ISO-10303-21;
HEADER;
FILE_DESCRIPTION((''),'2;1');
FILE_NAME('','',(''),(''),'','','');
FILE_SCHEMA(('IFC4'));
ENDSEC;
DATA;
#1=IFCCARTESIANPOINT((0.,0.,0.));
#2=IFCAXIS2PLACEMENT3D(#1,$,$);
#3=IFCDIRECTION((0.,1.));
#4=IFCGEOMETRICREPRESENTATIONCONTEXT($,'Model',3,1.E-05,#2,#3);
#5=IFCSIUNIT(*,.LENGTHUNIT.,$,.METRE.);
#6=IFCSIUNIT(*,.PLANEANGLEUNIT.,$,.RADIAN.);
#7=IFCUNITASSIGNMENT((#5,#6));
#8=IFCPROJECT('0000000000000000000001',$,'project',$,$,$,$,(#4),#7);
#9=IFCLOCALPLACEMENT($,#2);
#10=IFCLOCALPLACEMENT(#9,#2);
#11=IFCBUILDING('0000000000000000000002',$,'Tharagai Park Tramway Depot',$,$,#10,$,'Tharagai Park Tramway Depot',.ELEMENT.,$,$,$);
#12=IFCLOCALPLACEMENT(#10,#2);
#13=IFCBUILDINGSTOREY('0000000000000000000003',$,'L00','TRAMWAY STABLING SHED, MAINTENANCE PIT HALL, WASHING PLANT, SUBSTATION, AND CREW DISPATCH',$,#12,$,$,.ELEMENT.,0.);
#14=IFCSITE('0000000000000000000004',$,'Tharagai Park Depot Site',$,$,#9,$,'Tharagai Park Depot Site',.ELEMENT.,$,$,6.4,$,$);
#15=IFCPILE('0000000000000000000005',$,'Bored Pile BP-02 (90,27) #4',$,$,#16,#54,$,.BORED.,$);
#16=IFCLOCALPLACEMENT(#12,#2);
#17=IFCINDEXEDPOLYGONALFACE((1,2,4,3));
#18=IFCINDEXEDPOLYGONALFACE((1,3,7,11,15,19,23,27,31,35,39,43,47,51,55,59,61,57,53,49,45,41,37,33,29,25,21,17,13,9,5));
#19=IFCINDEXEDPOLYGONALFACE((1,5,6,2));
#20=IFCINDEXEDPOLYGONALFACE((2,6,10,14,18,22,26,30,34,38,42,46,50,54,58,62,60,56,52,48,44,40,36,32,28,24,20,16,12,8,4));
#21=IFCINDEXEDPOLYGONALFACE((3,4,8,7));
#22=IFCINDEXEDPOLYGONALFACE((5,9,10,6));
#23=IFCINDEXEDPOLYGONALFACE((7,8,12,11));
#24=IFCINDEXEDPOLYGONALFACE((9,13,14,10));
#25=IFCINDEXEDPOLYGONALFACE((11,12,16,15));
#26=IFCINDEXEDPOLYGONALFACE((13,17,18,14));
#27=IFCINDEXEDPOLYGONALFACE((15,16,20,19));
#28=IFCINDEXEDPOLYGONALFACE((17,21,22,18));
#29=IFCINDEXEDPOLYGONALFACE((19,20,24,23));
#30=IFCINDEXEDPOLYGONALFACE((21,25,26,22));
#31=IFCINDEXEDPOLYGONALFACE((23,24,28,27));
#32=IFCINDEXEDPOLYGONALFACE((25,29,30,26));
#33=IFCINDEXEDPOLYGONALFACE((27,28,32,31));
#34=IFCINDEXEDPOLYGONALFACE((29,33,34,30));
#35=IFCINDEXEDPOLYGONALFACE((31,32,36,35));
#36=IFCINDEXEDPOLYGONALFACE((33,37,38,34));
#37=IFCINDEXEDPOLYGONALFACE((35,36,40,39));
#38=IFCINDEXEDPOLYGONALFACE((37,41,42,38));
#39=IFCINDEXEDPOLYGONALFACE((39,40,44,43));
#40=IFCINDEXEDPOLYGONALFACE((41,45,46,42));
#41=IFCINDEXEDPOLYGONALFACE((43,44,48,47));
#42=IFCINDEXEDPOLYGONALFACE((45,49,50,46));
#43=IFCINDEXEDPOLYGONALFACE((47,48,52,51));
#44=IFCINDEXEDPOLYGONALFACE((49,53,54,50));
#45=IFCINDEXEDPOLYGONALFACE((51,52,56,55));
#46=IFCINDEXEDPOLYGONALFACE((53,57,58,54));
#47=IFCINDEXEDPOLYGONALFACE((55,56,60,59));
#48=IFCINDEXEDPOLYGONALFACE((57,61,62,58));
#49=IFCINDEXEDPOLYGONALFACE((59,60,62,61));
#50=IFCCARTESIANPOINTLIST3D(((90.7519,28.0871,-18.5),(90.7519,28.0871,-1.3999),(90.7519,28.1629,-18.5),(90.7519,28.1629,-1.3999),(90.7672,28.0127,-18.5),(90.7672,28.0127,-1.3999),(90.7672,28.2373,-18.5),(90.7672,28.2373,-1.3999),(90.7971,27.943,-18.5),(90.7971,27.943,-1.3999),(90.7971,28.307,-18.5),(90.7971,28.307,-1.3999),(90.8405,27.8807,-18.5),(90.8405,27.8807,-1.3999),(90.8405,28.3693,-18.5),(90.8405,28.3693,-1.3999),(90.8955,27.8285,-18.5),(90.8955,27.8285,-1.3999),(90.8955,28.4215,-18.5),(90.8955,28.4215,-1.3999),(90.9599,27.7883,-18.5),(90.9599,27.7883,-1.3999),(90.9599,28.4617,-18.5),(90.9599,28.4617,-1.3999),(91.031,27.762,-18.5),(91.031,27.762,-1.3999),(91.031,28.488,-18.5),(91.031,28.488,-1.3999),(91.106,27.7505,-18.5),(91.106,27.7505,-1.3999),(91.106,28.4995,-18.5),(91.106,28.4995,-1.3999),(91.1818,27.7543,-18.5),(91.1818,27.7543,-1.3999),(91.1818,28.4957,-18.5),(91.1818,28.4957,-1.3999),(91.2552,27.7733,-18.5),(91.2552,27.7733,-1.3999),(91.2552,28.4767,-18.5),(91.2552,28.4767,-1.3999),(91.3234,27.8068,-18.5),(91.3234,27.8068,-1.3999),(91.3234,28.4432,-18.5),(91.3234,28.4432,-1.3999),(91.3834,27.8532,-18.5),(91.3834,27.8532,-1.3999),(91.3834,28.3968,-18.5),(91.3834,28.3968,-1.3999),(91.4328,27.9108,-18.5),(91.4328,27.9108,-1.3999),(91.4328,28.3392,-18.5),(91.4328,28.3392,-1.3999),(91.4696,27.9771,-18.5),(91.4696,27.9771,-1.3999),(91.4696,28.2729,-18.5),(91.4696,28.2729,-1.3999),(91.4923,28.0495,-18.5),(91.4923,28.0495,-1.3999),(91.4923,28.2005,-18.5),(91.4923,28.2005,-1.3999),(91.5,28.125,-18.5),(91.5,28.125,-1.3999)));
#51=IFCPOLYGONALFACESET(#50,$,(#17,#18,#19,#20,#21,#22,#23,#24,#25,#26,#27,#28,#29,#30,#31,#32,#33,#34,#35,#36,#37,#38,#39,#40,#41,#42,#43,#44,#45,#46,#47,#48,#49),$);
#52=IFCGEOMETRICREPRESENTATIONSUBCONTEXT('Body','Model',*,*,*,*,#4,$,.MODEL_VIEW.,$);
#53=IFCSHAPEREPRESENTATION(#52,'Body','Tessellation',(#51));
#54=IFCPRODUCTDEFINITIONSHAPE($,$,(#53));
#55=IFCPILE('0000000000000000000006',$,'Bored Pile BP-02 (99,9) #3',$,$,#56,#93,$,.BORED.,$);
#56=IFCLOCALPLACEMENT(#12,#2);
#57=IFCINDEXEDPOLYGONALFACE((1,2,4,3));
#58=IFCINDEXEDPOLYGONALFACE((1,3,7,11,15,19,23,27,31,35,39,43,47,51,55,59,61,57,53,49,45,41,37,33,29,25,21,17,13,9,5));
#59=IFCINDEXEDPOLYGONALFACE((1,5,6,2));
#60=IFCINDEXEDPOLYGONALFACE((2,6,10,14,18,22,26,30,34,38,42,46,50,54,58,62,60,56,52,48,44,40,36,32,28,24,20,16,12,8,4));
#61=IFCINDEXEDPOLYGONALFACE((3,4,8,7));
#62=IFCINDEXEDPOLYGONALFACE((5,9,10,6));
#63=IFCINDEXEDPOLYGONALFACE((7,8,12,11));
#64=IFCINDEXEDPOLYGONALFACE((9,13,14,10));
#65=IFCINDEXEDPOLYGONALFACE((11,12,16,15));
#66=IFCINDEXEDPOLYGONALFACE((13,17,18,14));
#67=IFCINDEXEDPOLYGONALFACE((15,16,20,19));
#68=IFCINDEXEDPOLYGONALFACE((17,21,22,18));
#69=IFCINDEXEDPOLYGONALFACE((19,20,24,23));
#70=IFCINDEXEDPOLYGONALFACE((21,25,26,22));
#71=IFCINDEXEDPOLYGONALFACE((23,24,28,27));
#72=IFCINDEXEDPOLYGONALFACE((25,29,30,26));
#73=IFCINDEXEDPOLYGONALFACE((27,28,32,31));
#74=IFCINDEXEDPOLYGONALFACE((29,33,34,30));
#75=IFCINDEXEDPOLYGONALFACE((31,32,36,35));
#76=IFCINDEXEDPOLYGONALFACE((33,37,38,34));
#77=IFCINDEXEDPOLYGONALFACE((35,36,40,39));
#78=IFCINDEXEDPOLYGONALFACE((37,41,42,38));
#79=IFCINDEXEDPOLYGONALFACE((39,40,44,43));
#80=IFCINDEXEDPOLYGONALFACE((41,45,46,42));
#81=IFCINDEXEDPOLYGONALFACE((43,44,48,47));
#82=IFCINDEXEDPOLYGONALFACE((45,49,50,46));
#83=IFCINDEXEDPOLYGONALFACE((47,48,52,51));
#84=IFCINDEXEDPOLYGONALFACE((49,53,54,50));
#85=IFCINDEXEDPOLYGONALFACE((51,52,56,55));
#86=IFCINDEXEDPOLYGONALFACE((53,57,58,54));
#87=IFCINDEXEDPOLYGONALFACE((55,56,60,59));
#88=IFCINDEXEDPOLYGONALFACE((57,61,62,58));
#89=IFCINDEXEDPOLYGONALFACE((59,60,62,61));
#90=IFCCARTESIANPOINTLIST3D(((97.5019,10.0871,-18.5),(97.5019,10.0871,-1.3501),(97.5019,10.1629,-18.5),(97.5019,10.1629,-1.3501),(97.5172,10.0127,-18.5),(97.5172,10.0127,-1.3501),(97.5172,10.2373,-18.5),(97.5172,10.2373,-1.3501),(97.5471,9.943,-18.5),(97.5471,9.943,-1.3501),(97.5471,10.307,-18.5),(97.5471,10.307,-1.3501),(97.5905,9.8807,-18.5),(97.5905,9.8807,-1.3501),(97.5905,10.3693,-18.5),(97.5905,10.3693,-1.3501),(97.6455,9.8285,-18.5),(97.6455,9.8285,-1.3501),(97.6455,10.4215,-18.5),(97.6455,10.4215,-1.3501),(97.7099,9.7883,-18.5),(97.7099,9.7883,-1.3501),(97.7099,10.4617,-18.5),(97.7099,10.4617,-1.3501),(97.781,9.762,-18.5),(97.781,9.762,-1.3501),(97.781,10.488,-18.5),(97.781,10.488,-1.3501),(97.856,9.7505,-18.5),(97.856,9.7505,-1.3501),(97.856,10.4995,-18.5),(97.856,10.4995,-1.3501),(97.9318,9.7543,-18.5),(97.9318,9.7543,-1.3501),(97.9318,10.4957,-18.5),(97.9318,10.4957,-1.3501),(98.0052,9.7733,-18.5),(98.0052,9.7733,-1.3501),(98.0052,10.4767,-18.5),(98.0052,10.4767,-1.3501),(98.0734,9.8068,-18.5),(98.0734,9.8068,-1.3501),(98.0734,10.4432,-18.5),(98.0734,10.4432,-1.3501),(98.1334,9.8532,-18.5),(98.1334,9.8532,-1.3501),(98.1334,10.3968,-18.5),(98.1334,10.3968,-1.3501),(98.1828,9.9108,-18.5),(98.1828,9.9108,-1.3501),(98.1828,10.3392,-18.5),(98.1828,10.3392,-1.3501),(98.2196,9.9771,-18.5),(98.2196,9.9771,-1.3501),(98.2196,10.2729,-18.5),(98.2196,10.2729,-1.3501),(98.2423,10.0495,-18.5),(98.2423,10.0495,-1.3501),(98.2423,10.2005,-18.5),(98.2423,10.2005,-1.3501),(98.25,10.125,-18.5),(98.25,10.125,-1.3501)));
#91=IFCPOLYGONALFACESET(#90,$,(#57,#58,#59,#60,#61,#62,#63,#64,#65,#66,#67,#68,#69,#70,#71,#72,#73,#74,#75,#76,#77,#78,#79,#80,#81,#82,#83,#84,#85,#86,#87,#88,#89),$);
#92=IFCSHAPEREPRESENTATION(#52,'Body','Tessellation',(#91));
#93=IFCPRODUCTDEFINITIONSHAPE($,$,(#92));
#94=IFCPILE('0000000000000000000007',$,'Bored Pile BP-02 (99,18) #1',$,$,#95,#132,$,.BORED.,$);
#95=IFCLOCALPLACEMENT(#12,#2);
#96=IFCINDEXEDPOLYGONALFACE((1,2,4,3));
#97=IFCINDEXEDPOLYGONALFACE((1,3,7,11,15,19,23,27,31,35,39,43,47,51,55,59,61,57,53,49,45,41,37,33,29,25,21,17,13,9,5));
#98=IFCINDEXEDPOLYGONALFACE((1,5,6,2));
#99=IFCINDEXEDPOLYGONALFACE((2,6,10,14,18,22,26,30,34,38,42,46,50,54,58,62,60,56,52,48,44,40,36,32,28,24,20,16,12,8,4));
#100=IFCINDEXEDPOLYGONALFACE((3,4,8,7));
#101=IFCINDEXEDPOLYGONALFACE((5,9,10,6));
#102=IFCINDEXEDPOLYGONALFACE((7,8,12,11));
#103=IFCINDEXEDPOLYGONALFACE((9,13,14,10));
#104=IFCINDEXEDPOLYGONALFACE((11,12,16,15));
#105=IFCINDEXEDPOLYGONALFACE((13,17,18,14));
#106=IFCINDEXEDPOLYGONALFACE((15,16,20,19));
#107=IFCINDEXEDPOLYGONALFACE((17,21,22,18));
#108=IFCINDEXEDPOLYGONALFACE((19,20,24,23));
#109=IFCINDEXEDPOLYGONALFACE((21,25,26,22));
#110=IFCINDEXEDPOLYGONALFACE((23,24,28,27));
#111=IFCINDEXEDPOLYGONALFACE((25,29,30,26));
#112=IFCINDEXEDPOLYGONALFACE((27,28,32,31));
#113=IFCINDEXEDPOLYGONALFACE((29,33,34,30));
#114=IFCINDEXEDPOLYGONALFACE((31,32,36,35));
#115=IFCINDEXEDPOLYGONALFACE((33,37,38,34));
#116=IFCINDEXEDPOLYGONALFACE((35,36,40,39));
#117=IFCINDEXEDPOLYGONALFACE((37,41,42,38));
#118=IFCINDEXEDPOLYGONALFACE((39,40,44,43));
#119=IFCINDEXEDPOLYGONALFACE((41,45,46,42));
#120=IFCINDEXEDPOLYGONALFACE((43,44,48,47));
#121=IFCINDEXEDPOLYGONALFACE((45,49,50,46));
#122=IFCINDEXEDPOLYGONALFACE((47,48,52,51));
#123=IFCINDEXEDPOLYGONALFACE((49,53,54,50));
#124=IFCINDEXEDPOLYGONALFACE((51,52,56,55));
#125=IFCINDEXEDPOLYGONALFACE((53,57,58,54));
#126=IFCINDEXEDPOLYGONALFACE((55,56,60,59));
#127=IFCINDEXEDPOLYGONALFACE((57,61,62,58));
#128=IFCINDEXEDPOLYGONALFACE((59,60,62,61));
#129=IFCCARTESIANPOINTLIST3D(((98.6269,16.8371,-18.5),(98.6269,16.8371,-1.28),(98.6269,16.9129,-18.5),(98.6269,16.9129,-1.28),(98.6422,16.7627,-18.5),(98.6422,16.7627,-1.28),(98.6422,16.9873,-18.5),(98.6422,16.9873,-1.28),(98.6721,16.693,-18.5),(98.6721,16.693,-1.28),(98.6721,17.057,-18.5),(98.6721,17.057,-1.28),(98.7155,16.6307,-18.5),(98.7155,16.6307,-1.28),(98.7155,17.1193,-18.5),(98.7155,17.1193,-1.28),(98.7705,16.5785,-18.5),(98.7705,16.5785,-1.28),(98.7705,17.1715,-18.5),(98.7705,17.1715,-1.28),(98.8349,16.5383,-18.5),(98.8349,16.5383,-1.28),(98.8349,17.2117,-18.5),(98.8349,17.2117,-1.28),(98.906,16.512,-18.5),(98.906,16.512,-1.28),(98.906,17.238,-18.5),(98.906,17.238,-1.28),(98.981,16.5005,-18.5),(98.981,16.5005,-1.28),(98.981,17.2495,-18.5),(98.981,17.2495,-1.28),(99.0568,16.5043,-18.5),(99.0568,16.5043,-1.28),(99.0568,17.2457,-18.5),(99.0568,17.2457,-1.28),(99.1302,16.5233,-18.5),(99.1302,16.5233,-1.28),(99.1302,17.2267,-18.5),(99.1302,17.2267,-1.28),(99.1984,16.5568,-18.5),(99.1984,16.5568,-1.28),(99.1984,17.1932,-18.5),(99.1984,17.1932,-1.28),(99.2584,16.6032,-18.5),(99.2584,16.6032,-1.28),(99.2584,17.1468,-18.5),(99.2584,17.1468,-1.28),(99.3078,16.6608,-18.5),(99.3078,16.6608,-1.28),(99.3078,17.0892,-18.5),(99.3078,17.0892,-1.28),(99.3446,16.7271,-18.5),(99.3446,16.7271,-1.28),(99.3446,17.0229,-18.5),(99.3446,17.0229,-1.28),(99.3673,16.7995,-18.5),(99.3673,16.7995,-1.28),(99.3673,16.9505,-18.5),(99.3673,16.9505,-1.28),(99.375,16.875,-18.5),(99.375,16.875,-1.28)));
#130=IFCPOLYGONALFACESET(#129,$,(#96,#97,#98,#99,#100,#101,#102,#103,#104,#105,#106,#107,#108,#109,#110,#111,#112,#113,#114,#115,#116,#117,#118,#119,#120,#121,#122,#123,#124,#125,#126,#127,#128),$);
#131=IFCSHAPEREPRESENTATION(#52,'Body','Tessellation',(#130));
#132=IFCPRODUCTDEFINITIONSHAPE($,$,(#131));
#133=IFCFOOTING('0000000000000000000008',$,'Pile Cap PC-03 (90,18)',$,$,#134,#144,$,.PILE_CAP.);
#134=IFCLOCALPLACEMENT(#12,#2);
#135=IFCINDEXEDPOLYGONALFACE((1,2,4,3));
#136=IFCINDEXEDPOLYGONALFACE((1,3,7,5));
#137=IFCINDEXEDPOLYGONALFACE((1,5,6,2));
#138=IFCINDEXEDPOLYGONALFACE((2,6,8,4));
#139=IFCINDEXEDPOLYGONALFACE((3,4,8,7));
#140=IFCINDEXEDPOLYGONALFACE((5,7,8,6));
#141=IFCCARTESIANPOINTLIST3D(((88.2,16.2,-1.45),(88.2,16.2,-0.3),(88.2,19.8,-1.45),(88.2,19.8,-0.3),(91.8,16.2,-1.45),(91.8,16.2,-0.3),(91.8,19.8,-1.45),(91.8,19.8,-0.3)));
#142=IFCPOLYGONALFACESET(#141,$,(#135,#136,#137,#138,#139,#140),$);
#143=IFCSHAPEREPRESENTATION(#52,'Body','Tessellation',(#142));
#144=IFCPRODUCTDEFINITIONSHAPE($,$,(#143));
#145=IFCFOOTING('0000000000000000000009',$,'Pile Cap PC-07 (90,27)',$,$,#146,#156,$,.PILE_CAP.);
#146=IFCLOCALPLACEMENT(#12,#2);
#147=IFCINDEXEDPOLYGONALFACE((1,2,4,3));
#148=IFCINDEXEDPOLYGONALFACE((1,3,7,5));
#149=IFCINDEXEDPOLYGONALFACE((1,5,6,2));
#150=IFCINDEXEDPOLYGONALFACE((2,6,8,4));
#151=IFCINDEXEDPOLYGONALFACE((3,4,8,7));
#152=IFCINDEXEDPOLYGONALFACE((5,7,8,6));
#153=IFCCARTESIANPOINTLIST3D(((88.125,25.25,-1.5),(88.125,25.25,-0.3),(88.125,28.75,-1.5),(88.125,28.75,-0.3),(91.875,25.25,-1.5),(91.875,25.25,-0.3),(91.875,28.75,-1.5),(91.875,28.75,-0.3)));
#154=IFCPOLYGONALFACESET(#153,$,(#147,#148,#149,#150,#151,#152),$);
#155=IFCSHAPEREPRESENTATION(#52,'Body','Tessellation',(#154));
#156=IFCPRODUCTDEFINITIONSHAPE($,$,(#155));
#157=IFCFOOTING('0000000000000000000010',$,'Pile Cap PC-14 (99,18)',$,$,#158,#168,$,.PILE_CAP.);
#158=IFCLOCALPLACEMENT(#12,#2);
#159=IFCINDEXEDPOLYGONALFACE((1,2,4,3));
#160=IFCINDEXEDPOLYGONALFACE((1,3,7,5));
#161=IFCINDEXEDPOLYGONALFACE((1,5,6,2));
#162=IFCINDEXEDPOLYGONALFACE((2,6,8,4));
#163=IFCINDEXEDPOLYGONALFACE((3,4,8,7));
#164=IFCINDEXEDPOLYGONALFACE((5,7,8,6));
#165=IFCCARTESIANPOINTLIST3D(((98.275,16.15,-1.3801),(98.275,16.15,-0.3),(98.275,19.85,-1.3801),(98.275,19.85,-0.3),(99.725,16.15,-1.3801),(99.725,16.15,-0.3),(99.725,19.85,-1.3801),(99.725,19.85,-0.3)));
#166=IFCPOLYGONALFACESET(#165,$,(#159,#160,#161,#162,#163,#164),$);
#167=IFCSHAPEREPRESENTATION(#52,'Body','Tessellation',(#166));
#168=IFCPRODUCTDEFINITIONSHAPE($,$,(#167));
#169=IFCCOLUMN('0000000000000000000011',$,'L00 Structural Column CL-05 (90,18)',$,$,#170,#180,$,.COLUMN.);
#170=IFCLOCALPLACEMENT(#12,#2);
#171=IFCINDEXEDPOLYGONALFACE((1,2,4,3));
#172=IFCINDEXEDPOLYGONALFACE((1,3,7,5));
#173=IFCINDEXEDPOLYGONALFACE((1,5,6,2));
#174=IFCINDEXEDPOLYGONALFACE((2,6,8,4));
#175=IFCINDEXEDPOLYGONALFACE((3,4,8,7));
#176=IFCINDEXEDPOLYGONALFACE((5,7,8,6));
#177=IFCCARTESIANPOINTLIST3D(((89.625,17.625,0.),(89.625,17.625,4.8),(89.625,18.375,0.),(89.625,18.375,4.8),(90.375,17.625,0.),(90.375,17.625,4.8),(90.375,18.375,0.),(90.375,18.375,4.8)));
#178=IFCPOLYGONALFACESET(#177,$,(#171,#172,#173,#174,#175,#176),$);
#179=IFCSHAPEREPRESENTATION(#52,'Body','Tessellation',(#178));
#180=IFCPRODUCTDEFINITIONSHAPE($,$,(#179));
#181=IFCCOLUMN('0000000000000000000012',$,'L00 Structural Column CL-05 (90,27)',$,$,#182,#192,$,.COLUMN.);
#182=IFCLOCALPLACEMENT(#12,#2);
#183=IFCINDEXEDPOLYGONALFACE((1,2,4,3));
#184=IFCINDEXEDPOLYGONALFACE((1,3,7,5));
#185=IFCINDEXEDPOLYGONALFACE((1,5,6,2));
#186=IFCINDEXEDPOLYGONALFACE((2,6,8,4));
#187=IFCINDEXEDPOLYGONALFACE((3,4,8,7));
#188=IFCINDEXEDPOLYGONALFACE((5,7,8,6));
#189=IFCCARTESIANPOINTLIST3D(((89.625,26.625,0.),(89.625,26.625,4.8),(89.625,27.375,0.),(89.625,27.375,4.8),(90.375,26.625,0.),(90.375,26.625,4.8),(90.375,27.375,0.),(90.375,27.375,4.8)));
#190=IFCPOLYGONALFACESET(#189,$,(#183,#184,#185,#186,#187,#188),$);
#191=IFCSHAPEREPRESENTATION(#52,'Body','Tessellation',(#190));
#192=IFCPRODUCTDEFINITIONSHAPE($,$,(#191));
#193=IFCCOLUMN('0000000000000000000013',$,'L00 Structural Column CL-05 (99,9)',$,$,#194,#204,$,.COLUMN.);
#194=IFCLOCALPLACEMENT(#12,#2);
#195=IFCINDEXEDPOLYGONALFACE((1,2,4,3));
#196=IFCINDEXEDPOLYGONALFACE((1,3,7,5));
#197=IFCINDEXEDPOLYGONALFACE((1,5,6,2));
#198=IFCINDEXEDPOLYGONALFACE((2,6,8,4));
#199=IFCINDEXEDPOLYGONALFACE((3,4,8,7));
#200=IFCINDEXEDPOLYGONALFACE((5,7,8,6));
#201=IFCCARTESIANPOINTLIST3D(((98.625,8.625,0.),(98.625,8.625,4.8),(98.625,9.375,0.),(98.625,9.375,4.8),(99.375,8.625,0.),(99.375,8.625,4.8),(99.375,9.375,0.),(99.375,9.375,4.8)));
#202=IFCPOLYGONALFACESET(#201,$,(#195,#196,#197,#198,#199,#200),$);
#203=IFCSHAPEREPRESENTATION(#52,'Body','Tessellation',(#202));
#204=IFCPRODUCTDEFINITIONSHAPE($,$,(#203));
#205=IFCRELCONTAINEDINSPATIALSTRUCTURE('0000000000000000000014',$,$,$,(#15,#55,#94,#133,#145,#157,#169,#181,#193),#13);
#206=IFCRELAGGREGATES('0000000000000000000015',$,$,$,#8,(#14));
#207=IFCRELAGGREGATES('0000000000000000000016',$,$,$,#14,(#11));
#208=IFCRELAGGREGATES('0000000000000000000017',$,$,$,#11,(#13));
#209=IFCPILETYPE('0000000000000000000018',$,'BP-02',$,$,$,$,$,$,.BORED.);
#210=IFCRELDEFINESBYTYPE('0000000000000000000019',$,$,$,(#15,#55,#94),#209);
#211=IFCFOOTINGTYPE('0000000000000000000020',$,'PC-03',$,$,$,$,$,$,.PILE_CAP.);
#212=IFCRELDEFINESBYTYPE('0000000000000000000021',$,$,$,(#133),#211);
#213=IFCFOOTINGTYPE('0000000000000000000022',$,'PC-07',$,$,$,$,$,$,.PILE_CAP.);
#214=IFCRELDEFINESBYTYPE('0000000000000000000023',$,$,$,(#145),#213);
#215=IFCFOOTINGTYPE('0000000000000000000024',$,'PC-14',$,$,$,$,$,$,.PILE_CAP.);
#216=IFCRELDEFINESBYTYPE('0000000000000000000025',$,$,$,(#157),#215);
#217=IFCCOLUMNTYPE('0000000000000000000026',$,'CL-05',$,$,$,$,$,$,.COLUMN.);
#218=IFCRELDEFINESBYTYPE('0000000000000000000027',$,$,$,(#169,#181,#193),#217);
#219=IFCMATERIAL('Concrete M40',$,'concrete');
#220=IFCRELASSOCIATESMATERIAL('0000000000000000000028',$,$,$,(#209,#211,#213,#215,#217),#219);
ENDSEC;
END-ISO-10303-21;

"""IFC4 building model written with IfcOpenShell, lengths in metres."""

from ifc_helpers import new_model, si_unit, direction, frame, origin, origin_2d, place, context, subcontext, project, spatial, rectangle, circle, extrude, material, material_profile, profile_set, type_object, element, save


model = new_model("IFC4")

# Units and contexts
model_context = context("Model", 3, precision=1e-05, world=origin(), true_north=direction((0.0, 1.0)))
body_context = subcontext(model_context, "Body", "Model", "MODEL_VIEW")
ifc_project = project(units=[si_unit("LENGTHUNIT", "METRE"), si_unit("PLANEANGLEUNIT", "RADIAN")], contexts=[model_context])

# Site, building, storey
site_placement = place(None, origin())
site = spatial("IfcSite", under=ifc_project, at=site_placement, Name="Tharagai Park Depot Site", LongName="Tharagai Park Depot Site", CompositionType="ELEMENT", RefElevation=6.4)
building_placement = place(site_placement, origin())
building = spatial("IfcBuilding", under=site, at=building_placement, Name="Tharagai Park Tramway Depot", LongName="Tharagai Park Tramway Depot", CompositionType="ELEMENT")
storey_placement = place(building_placement, origin())
storey = spatial("IfcBuildingStorey", under=building, at=storey_placement, Name="L00", Description="TRAMWAY STABLING SHED, MAINTENANCE PIT HALL, WASHING PLANT, SUBSTATION, AND CREW DISPATCH", CompositionType="ELEMENT", Elevation=0.0)

# Piles
ifc_material_1 = material(Name="Concrete M40", Category="concrete")
ifc_material_profile_1 = material_profile(ifc_material_1, circle(Radius=0.375, at=origin_2d()), Name="PILE D750")
ifc_profile_set_1 = profile_set([ifc_material_profile_1], Name="Concrete M40")
pile_type = type_object("IfcPileType", Name="BP-02", PredefinedType="BORED", material=ifc_profile_set_1)
for number, where, z_axis, x_axis, name in (
    (1, (91.125, 28.125, -1.3999), (0.0, 0.0, -1.0), (1.0, 0.0, 0.0), "Bored Pile BP-02 (90,27) #4"),
):
    element("IfcPile", number, at=place(storey_placement, frame(where, z_axis=z_axis, x_axis=x_axis)), inside=storey, type_object=pile_type, Name=name, PredefinedType="BORED", context=body_context, shape_type="SweptSolid", body=[
        extrude(circle(Radius=0.375, at=origin_2d()), origin(), (0.0, 0.0, 1.0), 17.1001),
    ])
pile_1_placement = place(storey_placement, frame((97.875, 10.125, -1.3501), z_axis=(0.0, 0.0, -1.0), x_axis=(1.0, 0.0, 0.0)))
element("IfcPile", 2, at=pile_1_placement, inside=storey, type_object=pile_type, Name="Bored Pile BP-02 (99,9) #3", PredefinedType="BORED", context=body_context, shape_type="SweptSolid", body=[
    extrude(circle(Radius=0.375, at=origin_2d()), origin(), (0.0, 0.0, 1.0), 17.1499),
])
pile_2_placement = place(storey_placement, frame((99.0, 16.875, -1.28), z_axis=(0.0, 0.0, -1.0), x_axis=(1.0, 0.0, 0.0)))
element("IfcPile", 3, at=pile_2_placement, inside=storey, type_object=pile_type, Name="Bored Pile BP-02 (99,18) #1", PredefinedType="BORED", context=body_context, shape_type="SweptSolid", body=[
    extrude(circle(Radius=0.375, at=origin_2d()), origin(), (0.0, 0.0, 1.0), 17.22),
])

# Footings
footing_type_1 = type_object("IfcFootingType", Name="PC-03", PredefinedType="PILE_CAP", material=ifc_material_1)
footing_1_placement = place(storey_placement, frame((90.0, 18.0, -1.45), z_axis=(0.0, 0.0, 1.0), x_axis=(1.0, 0.0, 0.0)))
element("IfcFooting", 4, at=footing_1_placement, inside=storey, type_object=footing_type_1, Name="Pile Cap PC-03 (90,18)", PredefinedType="PILE_CAP", context=body_context, shape_type="SweptSolid", body=[
    extrude(rectangle(XDim=3.6001, YDim=3.6001, at=origin_2d()), origin(), (0.0, 0.0, 1.0), 1.1499),
])
footing_type_2 = type_object("IfcFootingType", Name="PC-07", PredefinedType="PILE_CAP", material=ifc_material_1)
footing_2_placement = place(storey_placement, frame((90.0, 27.0, -1.5), z_axis=(0.0, 0.0, 1.0), x_axis=(1.0, 0.0, 0.0)))
element("IfcFooting", 5, at=footing_2_placement, inside=storey, type_object=footing_type_2, Name="Pile Cap PC-07 (90,27)", PredefinedType="PILE_CAP", context=body_context, shape_type="SweptSolid", body=[
    extrude(rectangle(XDim=3.75, YDim=3.5, at=origin_2d()), origin(), (0.0, 0.0, 1.0), 1.2),
])
footing_type_3 = type_object("IfcFootingType", Name="PC-14", PredefinedType="PILE_CAP", material=ifc_material_1)
footing_3_placement = place(storey_placement, frame((99.0, 18.0, -1.3801), z_axis=(0.0, 0.0, 1.0), x_axis=(1.0, 0.0, 0.0)))
element("IfcFooting", 6, at=footing_3_placement, inside=storey, type_object=footing_type_3, Name="Pile Cap PC-14 (99,18)", PredefinedType="PILE_CAP", context=body_context, shape_type="SweptSolid", body=[
    extrude(rectangle(XDim=1.45, YDim=3.7, at=origin_2d()), origin(), (0.0, 0.0, 1.0), 1.0801),
])

# Columns
ifc_material_profile_2 = material_profile(ifc_material_1, rectangle(XDim=0.75, YDim=0.75, at=origin_2d()), Name="RC 750x750")
ifc_profile_set_2 = profile_set([ifc_material_profile_2], Name="Concrete M40")
column_type = type_object("IfcColumnType", Name="CL-05", PredefinedType="COLUMN", material=ifc_profile_set_2)
for number, where, z_axis, x_axis, name in (
    (7, (90.0, 18.0, 0.0), (0.0, 0.0, 1.0), (1.0, 0.0, 0.0), "L00 Structural Column CL-05 (90,18)"),
    (8, (90.0, 27.0, 0.0), (0.0, 0.0, 1.0), (1.0, 0.0, 0.0), "L00 Structural Column CL-05 (90,27)"),
    (9, (99.0, 9.0, 0.0), (0.0, 0.0, 1.0), (1.0, 0.0, 0.0), "L00 Structural Column CL-05 (99,9)"),
):
    element("IfcColumn", number, at=place(storey_placement, frame(where, z_axis=z_axis, x_axis=x_axis)), inside=storey, type_object=column_type, Name=name, PredefinedType="COLUMN", context=body_context, shape_type="SweptSolid", body=[
        extrude(rectangle(XDim=0.75, YDim=0.75, at=origin_2d()), origin(), (0.0, 0.0, 1.0), 4.8),
    ])

save(model, "model.ifc")
